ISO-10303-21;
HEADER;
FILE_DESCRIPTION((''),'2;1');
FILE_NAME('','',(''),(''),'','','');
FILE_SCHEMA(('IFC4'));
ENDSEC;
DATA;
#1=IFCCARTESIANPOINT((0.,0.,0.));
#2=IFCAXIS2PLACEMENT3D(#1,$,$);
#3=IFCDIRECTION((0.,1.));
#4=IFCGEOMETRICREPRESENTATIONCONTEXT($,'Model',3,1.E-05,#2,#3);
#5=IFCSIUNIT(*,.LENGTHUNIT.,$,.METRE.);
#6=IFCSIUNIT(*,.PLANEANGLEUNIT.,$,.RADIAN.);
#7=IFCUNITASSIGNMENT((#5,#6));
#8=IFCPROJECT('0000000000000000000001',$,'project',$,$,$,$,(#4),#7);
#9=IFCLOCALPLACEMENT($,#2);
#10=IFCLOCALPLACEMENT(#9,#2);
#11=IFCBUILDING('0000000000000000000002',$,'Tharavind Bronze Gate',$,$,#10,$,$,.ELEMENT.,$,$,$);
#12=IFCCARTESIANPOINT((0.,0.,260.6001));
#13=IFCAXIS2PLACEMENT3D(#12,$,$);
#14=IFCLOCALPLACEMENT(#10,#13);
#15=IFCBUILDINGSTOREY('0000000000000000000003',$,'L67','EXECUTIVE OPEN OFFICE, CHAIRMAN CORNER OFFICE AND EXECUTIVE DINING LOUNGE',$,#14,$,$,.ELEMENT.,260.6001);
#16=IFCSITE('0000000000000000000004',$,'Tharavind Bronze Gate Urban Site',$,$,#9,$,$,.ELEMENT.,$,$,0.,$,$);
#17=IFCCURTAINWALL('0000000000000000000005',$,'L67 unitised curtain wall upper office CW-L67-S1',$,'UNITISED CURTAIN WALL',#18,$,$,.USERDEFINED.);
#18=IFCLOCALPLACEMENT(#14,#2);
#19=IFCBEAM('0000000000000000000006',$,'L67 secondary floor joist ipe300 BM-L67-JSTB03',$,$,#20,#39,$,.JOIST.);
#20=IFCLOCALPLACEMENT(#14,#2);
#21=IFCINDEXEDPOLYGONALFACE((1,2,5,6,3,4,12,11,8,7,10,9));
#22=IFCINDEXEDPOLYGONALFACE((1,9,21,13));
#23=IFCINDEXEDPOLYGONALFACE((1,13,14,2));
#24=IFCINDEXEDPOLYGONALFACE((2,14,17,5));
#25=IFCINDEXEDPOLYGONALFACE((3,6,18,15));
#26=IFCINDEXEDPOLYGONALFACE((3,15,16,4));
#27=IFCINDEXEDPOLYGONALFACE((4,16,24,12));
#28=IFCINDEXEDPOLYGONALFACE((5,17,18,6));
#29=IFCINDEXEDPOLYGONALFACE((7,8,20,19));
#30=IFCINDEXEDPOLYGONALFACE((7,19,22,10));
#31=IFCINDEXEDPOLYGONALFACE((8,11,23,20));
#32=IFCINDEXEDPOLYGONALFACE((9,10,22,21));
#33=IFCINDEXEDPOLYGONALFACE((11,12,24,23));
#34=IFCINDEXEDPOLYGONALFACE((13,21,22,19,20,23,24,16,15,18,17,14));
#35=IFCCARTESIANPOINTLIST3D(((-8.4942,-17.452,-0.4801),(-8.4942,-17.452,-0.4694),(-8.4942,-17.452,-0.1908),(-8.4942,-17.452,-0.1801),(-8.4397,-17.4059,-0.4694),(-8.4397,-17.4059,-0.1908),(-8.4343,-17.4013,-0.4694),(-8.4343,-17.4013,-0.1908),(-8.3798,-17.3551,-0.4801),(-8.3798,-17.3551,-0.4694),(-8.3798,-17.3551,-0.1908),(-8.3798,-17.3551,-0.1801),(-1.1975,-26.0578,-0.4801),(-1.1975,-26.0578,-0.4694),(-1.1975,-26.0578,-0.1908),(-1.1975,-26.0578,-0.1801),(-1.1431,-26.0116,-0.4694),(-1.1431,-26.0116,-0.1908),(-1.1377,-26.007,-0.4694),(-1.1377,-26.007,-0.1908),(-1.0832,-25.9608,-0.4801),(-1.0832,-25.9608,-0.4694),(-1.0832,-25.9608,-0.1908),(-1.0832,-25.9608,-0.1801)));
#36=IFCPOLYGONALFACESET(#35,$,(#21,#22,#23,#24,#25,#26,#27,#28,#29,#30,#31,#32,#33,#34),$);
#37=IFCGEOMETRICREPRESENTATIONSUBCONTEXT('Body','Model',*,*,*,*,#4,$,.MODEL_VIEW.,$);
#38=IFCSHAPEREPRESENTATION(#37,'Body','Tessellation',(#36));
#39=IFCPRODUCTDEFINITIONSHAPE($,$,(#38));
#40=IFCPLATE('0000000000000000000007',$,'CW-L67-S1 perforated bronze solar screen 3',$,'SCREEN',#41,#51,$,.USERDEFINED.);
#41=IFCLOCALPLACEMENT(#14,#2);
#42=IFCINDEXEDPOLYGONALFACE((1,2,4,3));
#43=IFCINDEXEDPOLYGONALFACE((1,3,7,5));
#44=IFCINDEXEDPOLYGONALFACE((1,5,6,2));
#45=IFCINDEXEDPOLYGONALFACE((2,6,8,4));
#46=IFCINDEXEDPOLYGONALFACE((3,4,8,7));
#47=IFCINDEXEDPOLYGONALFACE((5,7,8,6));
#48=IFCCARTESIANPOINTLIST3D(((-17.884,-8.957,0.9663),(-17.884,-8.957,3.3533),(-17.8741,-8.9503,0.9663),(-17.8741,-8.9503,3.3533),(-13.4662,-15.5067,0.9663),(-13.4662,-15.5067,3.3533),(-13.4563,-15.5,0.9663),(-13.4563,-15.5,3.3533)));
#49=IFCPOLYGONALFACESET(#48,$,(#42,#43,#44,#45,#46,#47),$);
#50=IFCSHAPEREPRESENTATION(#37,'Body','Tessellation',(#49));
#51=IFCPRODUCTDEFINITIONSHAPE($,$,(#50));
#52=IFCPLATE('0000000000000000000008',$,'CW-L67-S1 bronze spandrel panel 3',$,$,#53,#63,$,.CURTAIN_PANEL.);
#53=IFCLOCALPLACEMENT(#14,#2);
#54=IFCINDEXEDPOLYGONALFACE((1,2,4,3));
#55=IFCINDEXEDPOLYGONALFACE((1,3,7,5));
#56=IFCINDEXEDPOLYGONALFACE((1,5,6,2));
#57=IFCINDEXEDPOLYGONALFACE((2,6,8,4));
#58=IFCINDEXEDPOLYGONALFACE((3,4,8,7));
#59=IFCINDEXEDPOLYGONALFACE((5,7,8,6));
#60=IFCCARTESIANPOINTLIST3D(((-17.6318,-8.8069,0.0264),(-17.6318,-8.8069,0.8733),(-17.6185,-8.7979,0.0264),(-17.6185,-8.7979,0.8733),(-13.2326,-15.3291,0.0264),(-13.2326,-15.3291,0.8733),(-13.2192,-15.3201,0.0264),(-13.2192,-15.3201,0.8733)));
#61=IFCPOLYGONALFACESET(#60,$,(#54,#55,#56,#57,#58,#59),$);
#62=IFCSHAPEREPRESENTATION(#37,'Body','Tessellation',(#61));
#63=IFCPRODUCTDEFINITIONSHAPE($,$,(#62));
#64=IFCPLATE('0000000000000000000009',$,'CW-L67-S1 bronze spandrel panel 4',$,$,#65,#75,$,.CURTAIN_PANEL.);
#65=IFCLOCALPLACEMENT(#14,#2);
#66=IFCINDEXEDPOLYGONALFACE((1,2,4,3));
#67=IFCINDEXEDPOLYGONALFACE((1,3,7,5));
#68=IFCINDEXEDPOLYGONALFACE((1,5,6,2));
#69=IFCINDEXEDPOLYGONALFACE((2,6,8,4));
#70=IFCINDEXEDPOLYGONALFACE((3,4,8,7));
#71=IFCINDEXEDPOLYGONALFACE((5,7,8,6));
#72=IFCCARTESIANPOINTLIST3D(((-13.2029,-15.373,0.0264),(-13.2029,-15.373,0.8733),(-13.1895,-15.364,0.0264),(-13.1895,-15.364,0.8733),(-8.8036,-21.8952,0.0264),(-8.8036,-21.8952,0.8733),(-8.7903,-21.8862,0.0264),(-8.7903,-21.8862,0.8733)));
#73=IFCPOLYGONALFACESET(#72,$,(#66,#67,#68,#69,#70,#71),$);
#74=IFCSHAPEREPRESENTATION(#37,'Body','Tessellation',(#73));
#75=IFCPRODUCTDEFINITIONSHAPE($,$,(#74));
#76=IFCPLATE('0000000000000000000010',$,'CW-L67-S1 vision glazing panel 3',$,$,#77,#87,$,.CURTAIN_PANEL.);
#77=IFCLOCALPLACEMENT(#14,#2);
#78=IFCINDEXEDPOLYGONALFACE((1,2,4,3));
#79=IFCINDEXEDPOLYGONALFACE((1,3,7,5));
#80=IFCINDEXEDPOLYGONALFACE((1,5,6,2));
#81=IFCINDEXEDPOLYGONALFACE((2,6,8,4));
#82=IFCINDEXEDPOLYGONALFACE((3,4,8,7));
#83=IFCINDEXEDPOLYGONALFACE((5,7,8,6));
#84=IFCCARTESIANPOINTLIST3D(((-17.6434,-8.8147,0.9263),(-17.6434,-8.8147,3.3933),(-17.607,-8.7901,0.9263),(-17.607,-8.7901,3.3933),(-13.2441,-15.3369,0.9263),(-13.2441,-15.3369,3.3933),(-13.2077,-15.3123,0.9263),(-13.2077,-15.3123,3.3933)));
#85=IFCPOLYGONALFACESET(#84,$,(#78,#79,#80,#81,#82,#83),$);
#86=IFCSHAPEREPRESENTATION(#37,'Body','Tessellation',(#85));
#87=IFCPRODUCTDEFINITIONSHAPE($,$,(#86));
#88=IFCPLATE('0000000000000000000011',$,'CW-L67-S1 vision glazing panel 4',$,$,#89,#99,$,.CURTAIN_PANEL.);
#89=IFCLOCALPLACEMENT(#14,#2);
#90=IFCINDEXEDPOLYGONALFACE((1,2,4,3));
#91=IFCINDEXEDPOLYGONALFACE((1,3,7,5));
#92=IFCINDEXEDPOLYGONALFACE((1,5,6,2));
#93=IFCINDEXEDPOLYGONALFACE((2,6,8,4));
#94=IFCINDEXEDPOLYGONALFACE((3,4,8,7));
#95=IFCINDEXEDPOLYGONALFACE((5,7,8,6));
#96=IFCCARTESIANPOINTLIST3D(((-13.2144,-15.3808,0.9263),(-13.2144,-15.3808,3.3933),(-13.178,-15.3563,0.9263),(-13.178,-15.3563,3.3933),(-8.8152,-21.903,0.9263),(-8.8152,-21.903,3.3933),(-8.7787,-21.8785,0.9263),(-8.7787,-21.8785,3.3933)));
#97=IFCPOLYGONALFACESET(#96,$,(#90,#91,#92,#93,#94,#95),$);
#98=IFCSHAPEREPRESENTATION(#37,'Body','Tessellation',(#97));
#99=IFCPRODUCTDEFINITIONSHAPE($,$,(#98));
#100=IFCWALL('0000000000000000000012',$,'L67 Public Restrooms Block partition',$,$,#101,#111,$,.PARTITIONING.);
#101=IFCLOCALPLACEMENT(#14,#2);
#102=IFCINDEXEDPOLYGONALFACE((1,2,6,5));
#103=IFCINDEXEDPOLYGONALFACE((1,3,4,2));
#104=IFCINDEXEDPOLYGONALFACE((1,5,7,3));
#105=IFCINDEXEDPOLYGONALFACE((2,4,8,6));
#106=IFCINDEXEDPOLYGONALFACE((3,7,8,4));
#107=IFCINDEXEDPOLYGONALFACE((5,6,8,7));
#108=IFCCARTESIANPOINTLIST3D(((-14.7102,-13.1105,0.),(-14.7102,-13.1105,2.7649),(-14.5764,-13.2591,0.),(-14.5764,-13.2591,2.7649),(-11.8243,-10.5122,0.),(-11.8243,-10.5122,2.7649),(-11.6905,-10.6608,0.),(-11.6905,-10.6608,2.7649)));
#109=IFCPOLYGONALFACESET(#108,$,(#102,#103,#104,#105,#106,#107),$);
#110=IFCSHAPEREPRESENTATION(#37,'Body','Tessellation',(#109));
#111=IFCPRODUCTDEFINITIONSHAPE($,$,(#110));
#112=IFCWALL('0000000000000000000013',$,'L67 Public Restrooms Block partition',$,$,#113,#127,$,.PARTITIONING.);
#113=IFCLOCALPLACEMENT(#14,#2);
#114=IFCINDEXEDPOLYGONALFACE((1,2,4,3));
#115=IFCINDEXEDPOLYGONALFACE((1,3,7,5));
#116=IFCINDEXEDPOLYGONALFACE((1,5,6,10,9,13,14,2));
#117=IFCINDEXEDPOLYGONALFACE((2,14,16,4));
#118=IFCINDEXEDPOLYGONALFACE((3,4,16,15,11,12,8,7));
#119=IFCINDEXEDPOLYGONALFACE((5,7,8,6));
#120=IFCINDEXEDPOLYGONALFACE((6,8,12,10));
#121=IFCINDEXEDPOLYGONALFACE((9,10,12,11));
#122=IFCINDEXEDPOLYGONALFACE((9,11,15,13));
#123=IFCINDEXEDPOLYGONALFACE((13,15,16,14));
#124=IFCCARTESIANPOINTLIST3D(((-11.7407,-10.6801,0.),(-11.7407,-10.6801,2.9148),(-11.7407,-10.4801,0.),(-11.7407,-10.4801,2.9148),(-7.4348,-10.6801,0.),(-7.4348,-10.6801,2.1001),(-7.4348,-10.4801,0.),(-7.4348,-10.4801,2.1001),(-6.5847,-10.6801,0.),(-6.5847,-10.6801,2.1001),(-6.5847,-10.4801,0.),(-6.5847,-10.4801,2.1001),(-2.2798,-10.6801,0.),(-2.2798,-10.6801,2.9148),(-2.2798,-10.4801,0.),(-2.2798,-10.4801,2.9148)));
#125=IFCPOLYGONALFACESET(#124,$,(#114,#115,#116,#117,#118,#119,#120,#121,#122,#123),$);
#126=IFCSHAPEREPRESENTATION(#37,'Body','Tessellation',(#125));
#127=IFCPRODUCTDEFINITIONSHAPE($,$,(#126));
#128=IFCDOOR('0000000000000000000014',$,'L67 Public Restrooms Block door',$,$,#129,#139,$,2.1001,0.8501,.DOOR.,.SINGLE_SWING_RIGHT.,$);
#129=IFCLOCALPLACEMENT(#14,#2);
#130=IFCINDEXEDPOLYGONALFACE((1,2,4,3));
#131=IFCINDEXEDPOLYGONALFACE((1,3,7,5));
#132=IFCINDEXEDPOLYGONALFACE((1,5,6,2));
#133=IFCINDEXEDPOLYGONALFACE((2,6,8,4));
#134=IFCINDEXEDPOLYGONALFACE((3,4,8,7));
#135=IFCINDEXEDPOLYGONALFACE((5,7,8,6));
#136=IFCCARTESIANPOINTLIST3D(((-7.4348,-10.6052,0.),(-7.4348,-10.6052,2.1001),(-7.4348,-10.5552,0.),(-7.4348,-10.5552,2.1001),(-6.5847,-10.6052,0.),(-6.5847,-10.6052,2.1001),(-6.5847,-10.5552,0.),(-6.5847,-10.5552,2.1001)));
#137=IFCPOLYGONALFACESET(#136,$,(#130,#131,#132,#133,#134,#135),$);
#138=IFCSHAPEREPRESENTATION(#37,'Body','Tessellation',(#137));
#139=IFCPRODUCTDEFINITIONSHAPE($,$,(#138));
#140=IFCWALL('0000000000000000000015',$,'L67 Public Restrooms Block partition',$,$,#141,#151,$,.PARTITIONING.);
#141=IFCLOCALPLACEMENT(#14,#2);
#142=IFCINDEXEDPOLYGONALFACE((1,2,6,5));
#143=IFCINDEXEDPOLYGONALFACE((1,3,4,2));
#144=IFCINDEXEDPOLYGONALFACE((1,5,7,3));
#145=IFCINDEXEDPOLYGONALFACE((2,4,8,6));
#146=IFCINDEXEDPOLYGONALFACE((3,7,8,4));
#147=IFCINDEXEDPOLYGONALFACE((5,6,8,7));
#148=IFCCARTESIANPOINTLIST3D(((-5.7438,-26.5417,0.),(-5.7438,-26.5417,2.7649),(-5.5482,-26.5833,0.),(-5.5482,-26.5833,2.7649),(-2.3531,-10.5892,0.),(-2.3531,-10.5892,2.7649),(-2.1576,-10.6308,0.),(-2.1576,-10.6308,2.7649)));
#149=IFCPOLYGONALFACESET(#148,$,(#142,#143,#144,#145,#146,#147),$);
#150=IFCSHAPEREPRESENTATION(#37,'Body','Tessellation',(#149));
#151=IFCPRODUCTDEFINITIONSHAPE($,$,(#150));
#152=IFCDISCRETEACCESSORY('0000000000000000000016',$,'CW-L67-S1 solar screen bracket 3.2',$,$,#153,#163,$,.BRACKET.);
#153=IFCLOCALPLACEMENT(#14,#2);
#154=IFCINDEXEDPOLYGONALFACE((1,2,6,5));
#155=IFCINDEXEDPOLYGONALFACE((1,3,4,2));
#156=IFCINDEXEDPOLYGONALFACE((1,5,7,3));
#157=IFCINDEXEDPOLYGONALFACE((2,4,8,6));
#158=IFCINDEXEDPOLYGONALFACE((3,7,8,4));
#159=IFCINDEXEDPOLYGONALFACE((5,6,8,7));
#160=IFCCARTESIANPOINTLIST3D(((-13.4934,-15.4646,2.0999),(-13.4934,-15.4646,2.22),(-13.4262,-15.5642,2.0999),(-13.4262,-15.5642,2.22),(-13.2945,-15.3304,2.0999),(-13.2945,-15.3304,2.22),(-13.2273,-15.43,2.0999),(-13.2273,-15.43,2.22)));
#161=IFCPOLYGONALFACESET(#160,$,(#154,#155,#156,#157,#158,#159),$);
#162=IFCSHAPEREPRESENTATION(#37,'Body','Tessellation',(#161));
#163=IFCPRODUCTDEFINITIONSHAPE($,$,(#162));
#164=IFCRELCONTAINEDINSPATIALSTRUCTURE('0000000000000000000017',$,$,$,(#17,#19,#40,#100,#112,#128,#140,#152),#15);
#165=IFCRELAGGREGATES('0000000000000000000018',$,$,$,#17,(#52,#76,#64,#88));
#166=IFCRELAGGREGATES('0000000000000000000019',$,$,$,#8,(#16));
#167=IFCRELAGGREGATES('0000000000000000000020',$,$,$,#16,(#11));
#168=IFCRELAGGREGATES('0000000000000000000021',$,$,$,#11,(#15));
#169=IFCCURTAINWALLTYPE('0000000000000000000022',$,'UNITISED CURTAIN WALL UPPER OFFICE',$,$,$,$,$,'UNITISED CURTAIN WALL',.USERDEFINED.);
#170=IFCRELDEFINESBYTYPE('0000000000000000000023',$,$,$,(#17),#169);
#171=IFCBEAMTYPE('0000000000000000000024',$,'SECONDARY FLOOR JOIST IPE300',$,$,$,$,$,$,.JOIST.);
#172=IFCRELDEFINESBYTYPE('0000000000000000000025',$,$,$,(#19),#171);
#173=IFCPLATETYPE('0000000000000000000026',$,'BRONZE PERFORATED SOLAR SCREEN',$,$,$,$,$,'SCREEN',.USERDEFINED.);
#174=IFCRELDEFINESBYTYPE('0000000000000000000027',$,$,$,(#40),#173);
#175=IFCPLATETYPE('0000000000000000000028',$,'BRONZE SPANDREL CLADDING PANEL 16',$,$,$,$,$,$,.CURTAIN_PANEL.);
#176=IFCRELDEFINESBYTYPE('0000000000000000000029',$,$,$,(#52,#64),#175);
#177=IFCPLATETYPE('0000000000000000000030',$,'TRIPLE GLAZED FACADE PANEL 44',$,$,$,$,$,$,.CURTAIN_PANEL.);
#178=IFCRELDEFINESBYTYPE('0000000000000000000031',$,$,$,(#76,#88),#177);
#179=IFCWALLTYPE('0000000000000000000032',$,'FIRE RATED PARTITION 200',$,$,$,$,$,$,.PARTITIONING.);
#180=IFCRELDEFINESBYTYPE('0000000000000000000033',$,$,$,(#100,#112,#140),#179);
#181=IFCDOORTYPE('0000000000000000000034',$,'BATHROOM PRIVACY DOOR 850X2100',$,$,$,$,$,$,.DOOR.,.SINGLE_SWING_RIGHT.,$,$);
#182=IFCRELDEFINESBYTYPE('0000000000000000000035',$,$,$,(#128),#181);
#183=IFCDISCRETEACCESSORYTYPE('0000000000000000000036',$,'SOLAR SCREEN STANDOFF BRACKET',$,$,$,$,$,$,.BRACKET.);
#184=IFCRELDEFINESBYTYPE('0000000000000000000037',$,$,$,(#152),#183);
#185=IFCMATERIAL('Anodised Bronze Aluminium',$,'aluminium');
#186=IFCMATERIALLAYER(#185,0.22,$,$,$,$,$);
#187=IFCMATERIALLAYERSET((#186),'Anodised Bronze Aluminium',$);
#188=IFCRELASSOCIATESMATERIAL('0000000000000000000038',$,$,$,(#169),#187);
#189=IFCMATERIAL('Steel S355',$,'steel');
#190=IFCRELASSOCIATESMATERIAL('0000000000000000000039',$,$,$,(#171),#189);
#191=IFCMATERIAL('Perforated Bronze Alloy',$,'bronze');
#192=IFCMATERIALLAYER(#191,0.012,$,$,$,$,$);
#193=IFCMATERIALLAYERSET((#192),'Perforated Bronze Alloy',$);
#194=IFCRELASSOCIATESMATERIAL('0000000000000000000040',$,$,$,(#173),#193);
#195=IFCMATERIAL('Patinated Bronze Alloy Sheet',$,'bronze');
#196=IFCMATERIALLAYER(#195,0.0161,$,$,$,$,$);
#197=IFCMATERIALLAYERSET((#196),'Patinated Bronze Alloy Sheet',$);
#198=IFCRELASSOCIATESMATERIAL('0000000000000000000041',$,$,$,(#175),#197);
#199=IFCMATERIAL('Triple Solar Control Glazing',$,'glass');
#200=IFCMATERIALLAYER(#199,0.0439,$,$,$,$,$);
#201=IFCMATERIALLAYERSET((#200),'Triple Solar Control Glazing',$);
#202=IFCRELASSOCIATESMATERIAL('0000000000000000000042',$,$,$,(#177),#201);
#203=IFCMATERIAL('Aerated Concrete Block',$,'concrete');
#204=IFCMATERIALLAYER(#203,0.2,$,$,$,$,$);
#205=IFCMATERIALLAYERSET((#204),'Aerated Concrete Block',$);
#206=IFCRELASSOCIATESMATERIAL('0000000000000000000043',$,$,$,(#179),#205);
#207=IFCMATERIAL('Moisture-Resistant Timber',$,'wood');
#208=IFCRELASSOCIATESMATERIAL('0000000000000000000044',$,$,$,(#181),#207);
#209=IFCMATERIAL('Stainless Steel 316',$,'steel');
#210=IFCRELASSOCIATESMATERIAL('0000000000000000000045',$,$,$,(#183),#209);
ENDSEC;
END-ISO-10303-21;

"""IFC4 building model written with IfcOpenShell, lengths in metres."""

from ifc_helpers import new_model, si_unit, direction, frame, frame_2d, origin, origin_2d, place, context, subcontext, project, spatial, rectangle, i_section, extrude, material, layer, layer_set, material_profile, profile_set, type_object, element, fill, aggregate, save


model = new_model("IFC4")

# Units and contexts
model_context = context("Model", 3, precision=1e-05, world=origin(), true_north=direction((0.0, 1.0)))
body_context = subcontext(model_context, "Body", "Model", "MODEL_VIEW")
ifc_project = project(units=[si_unit("LENGTHUNIT", "METRE"), si_unit("PLANEANGLEUNIT", "RADIAN")], contexts=[model_context])

# Site, building, storey
site_placement = place(None, origin())
site = spatial("IfcSite", under=ifc_project, at=site_placement, Name="Tharavind Bronze Gate Urban Site", CompositionType="ELEMENT", RefElevation=0.0)
building_placement = place(site_placement, origin())
building = spatial("IfcBuilding", under=site, at=building_placement, Name="Tharavind Bronze Gate", CompositionType="ELEMENT")
storey_placement = place(building_placement, frame((0.0, 0.0, 260.6001)))
storey = spatial("IfcBuildingStorey", under=building, at=storey_placement, Name="L67", Description="EXECUTIVE OPEN OFFICE, CHAIRMAN CORNER OFFICE AND EXECUTIVE DINING LOUNGE", CompositionType="ELEMENT", Elevation=260.6001)

# Curtain wall
ifc_material_1 = material(Name="Anodised Bronze Aluminium", Category="aluminium")
ifc_layer_1 = layer(ifc_material_1, 0.22)
ifc_layer_set_1 = layer_set([ifc_layer_1], Name="Anodised Bronze Aluminium")
curtain_wall_type = type_object("IfcCurtainWallType", Name="UNITISED CURTAIN WALL UPPER OFFICE", ElementType="UNITISED CURTAIN WALL", PredefinedType="USERDEFINED", material=ifc_layer_set_1)
curtain_wall_placement = place(storey_placement, origin())
curtain_wall = element("IfcCurtainWall", 1, at=curtain_wall_placement, inside=storey, type_object=curtain_wall_type, Name="L67 unitised curtain wall upper office CW-L67-S1", ObjectType="UNITISED CURTAIN WALL", PredefinedType="USERDEFINED")

# Beam
ifc_material_2 = material(Name="Steel S355", Category="steel")
ifc_material_profile_1 = material_profile(ifc_material_2, i_section(OverallWidth=0.1499, OverallDepth=0.3, WebThickness=0.0071, FlangeThickness=0.0107, at=origin_2d()), Name="IPE300")
ifc_profile_set_1 = profile_set([ifc_material_profile_1], Name="Steel S355")
beam_type_1 = type_object("IfcBeamType", Name="SECONDARY FLOOR JOIST IPE300", PredefinedType="JOIST", material=ifc_profile_set_1)
beam_1_placement = place(storey_placement, frame((-8.437, -17.4036, -0.3301), z_axis=(0.64671, -0.762736, 0.0), x_axis=(0.762736, 0.64671, 0.0)))
element("IfcBeam", 2, at=beam_1_placement, inside=storey, type_object=beam_type_1, Name="L67 secondary floor joist ipe300 BM-L67-JSTB03", PredefinedType="JOIST", context=body_context, shape_type="SweptSolid", body=[
    extrude(i_section(OverallWidth=0.1499, OverallDepth=0.3, WebThickness=0.0071, FlangeThickness=0.0107, at=origin_2d()), origin(), (0.0, 0.0, 1.0), 11.2827),
])

# Plates
ifc_material_3 = material(Name="Perforated Bronze Alloy", Category="bronze")
ifc_layer_2 = layer(ifc_material_3, 0.012)
ifc_layer_set_2 = layer_set([ifc_layer_2], Name="Perforated Bronze Alloy")
plate_type_1 = type_object("IfcPlateType", Name="BRONZE PERFORATED SOLAR SCREEN", ElementType="SCREEN", PredefinedType="USERDEFINED", material=ifc_layer_set_2)
plate_1_placement = place(storey_placement, frame((-15.6702, -12.2285, 0.9663), z_axis=(0.0, 0.0, 1.0), x_axis=(0.559191, -0.829039, 0.0)))
element("IfcPlate", 3, at=plate_1_placement, inside=storey, type_object=plate_type_1, Name="CW-L67-S1 perforated bronze solar screen 3", ObjectType="SCREEN", PredefinedType="USERDEFINED", context=body_context, shape_type="SweptSolid", body=[
    extrude(rectangle(XDim=7.9004, YDim=0.012, at=origin_2d()), origin(), (0.0, 0.0, 1.0), 2.387),
])
ifc_material_4 = material(Name="Patinated Bronze Alloy Sheet", Category="bronze")
ifc_layer_3 = layer(ifc_material_4, 0.0161)
ifc_layer_set_3 = layer_set([ifc_layer_3], Name="Patinated Bronze Alloy Sheet")
plate_type_2 = type_object("IfcPlateType", Name="BRONZE SPANDREL CLADDING PANEL 16", PredefinedType="CURTAIN_PANEL", material=ifc_layer_set_3)
plate_2_placement = place(storey_placement, frame((-15.4255, -12.0635, 0.0264), z_axis=(0.0, 0.0, 1.0), x_axis=(0.559191, -0.829039, 0.0)))
plate_2 = element("IfcPlate", 4, at=plate_2_placement, type_object=plate_type_2, Name="CW-L67-S1 bronze spandrel panel 3", PredefinedType="CURTAIN_PANEL", context=body_context, shape_type="SweptSolid", body=[
    extrude(rectangle(XDim=7.8672, YDim=0.0161, at=origin_2d()), origin(), (0.0, 0.0, 1.0), 0.8469),
])
plate_3_placement = place(storey_placement, frame((-10.9966, -18.6296, 0.0264), z_axis=(0.0, 0.0, 1.0), x_axis=(0.559191, -0.829039, 0.0)))
plate_3 = element("IfcPlate", 5, at=plate_3_placement, type_object=plate_type_2, Name="CW-L67-S1 bronze spandrel panel 4", PredefinedType="CURTAIN_PANEL", context=body_context, shape_type="SweptSolid", body=[
    extrude(rectangle(XDim=7.8672, YDim=0.0161, at=origin_2d()), origin(), (0.0, 0.0, 1.0), 0.8469),
])
ifc_material_5 = material(Name="Triple Solar Control Glazing", Category="glass")
ifc_layer_4 = layer(ifc_material_5, 0.0439)
ifc_layer_set_4 = layer_set([ifc_layer_4], Name="Triple Solar Control Glazing")
plate_type_3 = type_object("IfcPlateType", Name="TRIPLE GLAZED FACADE PANEL 44", PredefinedType="CURTAIN_PANEL", material=ifc_layer_set_4)
plate_4_placement = place(storey_placement, frame((-15.4255, -12.0635, 0.9263), z_axis=(0.0, 0.0, 1.0), x_axis=(0.559191, -0.829039, 0.0)))
plate_4 = element("IfcPlate", 6, at=plate_4_placement, type_object=plate_type_3, Name="CW-L67-S1 vision glazing panel 3", PredefinedType="CURTAIN_PANEL", context=body_context, shape_type="SweptSolid", body=[
    extrude(rectangle(XDim=7.8672, YDim=0.0439, at=origin_2d()), origin(), (0.0, 0.0, 1.0), 2.467),
])
plate_5_placement = place(storey_placement, frame((-10.9966, -18.6296, 0.9263), z_axis=(0.0, 0.0, 1.0), x_axis=(0.559191, -0.829039, 0.0)))
plate_5 = element("IfcPlate", 7, at=plate_5_placement, type_object=plate_type_3, Name="CW-L67-S1 vision glazing panel 4", PredefinedType="CURTAIN_PANEL", context=body_context, shape_type="SweptSolid", body=[
    extrude(rectangle(XDim=7.8672, YDim=0.0439, at=origin_2d()), origin(), (0.0, 0.0, 1.0), 2.467),
])
aggregate(curtain_wall, [plate_2, plate_4, plate_3, plate_5])

# Wall
ifc_material_6 = material(Name="Aerated Concrete Block", Category="concrete")
ifc_layer_5 = layer(ifc_material_6, 0.2)
ifc_layer_set_5 = layer_set([ifc_layer_5], Name="Aerated Concrete Block")
wall_type = type_object("IfcWallType", Name="FIRE RATED PARTITION 200", PredefinedType="PARTITIONING", material=ifc_layer_set_5)
wall_1_placement = place(storey_placement, frame((-14.6433, -13.1848, 0.0), z_axis=(0.0, 0.0, 1.0), x_axis=(0.743166, 0.669107, 0.0)))
element("IfcWall", 8, at=wall_1_placement, inside=storey, type_object=wall_type, Name="L67 Public Restrooms Block partition", PredefinedType="PARTITIONING", context=body_context, shape_type="SweptSolid", body=[
    extrude(rectangle(XDim=3.8833, YDim=0.2, at=frame_2d((1.9417, 0.0))), origin(), (0.0, 0.0, 1.0), 2.7649),
])

# Wall, opening, door
wall_2_placement = place(storey_placement, frame((-11.7407, -10.5801, 0.0), z_axis=(0.0, 0.0, 1.0), x_axis=(1.0, 0.0, 0.0)))
wall_2 = element("IfcWall", 9, at=wall_2_placement, inside=storey, type_object=wall_type, Name="L67 Public Restrooms Block partition", PredefinedType="PARTITIONING", context=body_context, shape_type="SweptSolid", body=[
    extrude(rectangle(XDim=9.4609, YDim=0.2, at=frame_2d((4.7305, 0.0))), origin(), (0.0, 0.0, 1.0), 2.9148),
])
opening_placement = place(wall_2_placement, frame((4.3059, 0.0, 0.0)))
opening = element("IfcOpeningElement", 10, at=opening_placement, cuts=wall_2, PredefinedType="OPENING", context=body_context, shape_type="SweptSolid", body=[
    extrude(rectangle(XDim=0.8501, YDim=2.1001, at=frame_2d((0.425, 1.05))), frame((0.0, 0.1101, 0.0), z_axis=(0.0, -1.0, 0.0), x_axis=(1.0, 0.0, 0.0)), (0.0, 0.0, 1.0), 0.22),
])
ifc_material_7 = material(Name="Moisture-Resistant Timber", Category="wood")
door_type = type_object("IfcDoorType", Name="BATHROOM PRIVACY DOOR 850X2100", OperationType="SINGLE_SWING_RIGHT", PredefinedType="DOOR", material=ifc_material_7)
door_placement = place(opening_placement, origin())
door = element("IfcDoor", 11, at=door_placement, inside=storey, type_object=door_type, Name="L67 Public Restrooms Block door", OperationType="SINGLE_SWING_RIGHT", OverallHeight=2.1001, OverallWidth=0.8501, PredefinedType="DOOR", context=body_context, shape_type="SweptSolid", body=[
    extrude(rectangle(XDim=0.8501, YDim=2.1001, at=frame_2d((0.425, 1.05))), frame((0.0, 0.0249, 0.0), z_axis=(0.0, -1.0, 0.0), x_axis=(1.0, 0.0, 0.0)), (0.0, 0.0, 1.0), 0.05),
])
fill(opening, door)

# Wall
wall_3_placement = place(storey_placement, frame((-2.2554, -10.6101, 0.0), z_axis=(0.0, 0.0, 1.0), x_axis=(-0.207902, -0.97815, 0.0)))
element("IfcWall", 12, at=wall_3_placement, inside=storey, type_object=wall_type, Name="L67 Public Restrooms Block partition", PredefinedType="PARTITIONING", context=body_context, shape_type="SweptSolid", body=[
    extrude(rectangle(XDim=16.3088, YDim=0.2, at=frame_2d((8.1543, 0.0))), origin(), (0.0, 0.0, 1.0), 2.7649),
])

# Discrete accessory
ifc_material_8 = material(Name="Stainless Steel 316", Category="steel")
discrete_accessory_type = type_object("IfcDiscreteAccessoryType", Name="SOLAR SCREEN STANDOFF BRACKET", PredefinedType="BRACKET", material=ifc_material_8)
discrete_accessory_placement = place(storey_placement, frame((-13.3604, -15.4473, 2.0999), z_axis=(0.0, 0.0, 1.0), x_axis=(0.559191, -0.829039, 0.0)))
element("IfcDiscreteAccessory", 13, at=discrete_accessory_placement, inside=storey, type_object=discrete_accessory_type, Name="CW-L67-S1 solar screen bracket 3.2", PredefinedType="BRACKET", context=body_context, shape_type="SweptSolid", body=[
    extrude(rectangle(XDim=0.1201, YDim=0.24, at=origin_2d()), origin(), (0.0, 0.0, 1.0), 0.1201),
])

save(model, "model.ifc")
